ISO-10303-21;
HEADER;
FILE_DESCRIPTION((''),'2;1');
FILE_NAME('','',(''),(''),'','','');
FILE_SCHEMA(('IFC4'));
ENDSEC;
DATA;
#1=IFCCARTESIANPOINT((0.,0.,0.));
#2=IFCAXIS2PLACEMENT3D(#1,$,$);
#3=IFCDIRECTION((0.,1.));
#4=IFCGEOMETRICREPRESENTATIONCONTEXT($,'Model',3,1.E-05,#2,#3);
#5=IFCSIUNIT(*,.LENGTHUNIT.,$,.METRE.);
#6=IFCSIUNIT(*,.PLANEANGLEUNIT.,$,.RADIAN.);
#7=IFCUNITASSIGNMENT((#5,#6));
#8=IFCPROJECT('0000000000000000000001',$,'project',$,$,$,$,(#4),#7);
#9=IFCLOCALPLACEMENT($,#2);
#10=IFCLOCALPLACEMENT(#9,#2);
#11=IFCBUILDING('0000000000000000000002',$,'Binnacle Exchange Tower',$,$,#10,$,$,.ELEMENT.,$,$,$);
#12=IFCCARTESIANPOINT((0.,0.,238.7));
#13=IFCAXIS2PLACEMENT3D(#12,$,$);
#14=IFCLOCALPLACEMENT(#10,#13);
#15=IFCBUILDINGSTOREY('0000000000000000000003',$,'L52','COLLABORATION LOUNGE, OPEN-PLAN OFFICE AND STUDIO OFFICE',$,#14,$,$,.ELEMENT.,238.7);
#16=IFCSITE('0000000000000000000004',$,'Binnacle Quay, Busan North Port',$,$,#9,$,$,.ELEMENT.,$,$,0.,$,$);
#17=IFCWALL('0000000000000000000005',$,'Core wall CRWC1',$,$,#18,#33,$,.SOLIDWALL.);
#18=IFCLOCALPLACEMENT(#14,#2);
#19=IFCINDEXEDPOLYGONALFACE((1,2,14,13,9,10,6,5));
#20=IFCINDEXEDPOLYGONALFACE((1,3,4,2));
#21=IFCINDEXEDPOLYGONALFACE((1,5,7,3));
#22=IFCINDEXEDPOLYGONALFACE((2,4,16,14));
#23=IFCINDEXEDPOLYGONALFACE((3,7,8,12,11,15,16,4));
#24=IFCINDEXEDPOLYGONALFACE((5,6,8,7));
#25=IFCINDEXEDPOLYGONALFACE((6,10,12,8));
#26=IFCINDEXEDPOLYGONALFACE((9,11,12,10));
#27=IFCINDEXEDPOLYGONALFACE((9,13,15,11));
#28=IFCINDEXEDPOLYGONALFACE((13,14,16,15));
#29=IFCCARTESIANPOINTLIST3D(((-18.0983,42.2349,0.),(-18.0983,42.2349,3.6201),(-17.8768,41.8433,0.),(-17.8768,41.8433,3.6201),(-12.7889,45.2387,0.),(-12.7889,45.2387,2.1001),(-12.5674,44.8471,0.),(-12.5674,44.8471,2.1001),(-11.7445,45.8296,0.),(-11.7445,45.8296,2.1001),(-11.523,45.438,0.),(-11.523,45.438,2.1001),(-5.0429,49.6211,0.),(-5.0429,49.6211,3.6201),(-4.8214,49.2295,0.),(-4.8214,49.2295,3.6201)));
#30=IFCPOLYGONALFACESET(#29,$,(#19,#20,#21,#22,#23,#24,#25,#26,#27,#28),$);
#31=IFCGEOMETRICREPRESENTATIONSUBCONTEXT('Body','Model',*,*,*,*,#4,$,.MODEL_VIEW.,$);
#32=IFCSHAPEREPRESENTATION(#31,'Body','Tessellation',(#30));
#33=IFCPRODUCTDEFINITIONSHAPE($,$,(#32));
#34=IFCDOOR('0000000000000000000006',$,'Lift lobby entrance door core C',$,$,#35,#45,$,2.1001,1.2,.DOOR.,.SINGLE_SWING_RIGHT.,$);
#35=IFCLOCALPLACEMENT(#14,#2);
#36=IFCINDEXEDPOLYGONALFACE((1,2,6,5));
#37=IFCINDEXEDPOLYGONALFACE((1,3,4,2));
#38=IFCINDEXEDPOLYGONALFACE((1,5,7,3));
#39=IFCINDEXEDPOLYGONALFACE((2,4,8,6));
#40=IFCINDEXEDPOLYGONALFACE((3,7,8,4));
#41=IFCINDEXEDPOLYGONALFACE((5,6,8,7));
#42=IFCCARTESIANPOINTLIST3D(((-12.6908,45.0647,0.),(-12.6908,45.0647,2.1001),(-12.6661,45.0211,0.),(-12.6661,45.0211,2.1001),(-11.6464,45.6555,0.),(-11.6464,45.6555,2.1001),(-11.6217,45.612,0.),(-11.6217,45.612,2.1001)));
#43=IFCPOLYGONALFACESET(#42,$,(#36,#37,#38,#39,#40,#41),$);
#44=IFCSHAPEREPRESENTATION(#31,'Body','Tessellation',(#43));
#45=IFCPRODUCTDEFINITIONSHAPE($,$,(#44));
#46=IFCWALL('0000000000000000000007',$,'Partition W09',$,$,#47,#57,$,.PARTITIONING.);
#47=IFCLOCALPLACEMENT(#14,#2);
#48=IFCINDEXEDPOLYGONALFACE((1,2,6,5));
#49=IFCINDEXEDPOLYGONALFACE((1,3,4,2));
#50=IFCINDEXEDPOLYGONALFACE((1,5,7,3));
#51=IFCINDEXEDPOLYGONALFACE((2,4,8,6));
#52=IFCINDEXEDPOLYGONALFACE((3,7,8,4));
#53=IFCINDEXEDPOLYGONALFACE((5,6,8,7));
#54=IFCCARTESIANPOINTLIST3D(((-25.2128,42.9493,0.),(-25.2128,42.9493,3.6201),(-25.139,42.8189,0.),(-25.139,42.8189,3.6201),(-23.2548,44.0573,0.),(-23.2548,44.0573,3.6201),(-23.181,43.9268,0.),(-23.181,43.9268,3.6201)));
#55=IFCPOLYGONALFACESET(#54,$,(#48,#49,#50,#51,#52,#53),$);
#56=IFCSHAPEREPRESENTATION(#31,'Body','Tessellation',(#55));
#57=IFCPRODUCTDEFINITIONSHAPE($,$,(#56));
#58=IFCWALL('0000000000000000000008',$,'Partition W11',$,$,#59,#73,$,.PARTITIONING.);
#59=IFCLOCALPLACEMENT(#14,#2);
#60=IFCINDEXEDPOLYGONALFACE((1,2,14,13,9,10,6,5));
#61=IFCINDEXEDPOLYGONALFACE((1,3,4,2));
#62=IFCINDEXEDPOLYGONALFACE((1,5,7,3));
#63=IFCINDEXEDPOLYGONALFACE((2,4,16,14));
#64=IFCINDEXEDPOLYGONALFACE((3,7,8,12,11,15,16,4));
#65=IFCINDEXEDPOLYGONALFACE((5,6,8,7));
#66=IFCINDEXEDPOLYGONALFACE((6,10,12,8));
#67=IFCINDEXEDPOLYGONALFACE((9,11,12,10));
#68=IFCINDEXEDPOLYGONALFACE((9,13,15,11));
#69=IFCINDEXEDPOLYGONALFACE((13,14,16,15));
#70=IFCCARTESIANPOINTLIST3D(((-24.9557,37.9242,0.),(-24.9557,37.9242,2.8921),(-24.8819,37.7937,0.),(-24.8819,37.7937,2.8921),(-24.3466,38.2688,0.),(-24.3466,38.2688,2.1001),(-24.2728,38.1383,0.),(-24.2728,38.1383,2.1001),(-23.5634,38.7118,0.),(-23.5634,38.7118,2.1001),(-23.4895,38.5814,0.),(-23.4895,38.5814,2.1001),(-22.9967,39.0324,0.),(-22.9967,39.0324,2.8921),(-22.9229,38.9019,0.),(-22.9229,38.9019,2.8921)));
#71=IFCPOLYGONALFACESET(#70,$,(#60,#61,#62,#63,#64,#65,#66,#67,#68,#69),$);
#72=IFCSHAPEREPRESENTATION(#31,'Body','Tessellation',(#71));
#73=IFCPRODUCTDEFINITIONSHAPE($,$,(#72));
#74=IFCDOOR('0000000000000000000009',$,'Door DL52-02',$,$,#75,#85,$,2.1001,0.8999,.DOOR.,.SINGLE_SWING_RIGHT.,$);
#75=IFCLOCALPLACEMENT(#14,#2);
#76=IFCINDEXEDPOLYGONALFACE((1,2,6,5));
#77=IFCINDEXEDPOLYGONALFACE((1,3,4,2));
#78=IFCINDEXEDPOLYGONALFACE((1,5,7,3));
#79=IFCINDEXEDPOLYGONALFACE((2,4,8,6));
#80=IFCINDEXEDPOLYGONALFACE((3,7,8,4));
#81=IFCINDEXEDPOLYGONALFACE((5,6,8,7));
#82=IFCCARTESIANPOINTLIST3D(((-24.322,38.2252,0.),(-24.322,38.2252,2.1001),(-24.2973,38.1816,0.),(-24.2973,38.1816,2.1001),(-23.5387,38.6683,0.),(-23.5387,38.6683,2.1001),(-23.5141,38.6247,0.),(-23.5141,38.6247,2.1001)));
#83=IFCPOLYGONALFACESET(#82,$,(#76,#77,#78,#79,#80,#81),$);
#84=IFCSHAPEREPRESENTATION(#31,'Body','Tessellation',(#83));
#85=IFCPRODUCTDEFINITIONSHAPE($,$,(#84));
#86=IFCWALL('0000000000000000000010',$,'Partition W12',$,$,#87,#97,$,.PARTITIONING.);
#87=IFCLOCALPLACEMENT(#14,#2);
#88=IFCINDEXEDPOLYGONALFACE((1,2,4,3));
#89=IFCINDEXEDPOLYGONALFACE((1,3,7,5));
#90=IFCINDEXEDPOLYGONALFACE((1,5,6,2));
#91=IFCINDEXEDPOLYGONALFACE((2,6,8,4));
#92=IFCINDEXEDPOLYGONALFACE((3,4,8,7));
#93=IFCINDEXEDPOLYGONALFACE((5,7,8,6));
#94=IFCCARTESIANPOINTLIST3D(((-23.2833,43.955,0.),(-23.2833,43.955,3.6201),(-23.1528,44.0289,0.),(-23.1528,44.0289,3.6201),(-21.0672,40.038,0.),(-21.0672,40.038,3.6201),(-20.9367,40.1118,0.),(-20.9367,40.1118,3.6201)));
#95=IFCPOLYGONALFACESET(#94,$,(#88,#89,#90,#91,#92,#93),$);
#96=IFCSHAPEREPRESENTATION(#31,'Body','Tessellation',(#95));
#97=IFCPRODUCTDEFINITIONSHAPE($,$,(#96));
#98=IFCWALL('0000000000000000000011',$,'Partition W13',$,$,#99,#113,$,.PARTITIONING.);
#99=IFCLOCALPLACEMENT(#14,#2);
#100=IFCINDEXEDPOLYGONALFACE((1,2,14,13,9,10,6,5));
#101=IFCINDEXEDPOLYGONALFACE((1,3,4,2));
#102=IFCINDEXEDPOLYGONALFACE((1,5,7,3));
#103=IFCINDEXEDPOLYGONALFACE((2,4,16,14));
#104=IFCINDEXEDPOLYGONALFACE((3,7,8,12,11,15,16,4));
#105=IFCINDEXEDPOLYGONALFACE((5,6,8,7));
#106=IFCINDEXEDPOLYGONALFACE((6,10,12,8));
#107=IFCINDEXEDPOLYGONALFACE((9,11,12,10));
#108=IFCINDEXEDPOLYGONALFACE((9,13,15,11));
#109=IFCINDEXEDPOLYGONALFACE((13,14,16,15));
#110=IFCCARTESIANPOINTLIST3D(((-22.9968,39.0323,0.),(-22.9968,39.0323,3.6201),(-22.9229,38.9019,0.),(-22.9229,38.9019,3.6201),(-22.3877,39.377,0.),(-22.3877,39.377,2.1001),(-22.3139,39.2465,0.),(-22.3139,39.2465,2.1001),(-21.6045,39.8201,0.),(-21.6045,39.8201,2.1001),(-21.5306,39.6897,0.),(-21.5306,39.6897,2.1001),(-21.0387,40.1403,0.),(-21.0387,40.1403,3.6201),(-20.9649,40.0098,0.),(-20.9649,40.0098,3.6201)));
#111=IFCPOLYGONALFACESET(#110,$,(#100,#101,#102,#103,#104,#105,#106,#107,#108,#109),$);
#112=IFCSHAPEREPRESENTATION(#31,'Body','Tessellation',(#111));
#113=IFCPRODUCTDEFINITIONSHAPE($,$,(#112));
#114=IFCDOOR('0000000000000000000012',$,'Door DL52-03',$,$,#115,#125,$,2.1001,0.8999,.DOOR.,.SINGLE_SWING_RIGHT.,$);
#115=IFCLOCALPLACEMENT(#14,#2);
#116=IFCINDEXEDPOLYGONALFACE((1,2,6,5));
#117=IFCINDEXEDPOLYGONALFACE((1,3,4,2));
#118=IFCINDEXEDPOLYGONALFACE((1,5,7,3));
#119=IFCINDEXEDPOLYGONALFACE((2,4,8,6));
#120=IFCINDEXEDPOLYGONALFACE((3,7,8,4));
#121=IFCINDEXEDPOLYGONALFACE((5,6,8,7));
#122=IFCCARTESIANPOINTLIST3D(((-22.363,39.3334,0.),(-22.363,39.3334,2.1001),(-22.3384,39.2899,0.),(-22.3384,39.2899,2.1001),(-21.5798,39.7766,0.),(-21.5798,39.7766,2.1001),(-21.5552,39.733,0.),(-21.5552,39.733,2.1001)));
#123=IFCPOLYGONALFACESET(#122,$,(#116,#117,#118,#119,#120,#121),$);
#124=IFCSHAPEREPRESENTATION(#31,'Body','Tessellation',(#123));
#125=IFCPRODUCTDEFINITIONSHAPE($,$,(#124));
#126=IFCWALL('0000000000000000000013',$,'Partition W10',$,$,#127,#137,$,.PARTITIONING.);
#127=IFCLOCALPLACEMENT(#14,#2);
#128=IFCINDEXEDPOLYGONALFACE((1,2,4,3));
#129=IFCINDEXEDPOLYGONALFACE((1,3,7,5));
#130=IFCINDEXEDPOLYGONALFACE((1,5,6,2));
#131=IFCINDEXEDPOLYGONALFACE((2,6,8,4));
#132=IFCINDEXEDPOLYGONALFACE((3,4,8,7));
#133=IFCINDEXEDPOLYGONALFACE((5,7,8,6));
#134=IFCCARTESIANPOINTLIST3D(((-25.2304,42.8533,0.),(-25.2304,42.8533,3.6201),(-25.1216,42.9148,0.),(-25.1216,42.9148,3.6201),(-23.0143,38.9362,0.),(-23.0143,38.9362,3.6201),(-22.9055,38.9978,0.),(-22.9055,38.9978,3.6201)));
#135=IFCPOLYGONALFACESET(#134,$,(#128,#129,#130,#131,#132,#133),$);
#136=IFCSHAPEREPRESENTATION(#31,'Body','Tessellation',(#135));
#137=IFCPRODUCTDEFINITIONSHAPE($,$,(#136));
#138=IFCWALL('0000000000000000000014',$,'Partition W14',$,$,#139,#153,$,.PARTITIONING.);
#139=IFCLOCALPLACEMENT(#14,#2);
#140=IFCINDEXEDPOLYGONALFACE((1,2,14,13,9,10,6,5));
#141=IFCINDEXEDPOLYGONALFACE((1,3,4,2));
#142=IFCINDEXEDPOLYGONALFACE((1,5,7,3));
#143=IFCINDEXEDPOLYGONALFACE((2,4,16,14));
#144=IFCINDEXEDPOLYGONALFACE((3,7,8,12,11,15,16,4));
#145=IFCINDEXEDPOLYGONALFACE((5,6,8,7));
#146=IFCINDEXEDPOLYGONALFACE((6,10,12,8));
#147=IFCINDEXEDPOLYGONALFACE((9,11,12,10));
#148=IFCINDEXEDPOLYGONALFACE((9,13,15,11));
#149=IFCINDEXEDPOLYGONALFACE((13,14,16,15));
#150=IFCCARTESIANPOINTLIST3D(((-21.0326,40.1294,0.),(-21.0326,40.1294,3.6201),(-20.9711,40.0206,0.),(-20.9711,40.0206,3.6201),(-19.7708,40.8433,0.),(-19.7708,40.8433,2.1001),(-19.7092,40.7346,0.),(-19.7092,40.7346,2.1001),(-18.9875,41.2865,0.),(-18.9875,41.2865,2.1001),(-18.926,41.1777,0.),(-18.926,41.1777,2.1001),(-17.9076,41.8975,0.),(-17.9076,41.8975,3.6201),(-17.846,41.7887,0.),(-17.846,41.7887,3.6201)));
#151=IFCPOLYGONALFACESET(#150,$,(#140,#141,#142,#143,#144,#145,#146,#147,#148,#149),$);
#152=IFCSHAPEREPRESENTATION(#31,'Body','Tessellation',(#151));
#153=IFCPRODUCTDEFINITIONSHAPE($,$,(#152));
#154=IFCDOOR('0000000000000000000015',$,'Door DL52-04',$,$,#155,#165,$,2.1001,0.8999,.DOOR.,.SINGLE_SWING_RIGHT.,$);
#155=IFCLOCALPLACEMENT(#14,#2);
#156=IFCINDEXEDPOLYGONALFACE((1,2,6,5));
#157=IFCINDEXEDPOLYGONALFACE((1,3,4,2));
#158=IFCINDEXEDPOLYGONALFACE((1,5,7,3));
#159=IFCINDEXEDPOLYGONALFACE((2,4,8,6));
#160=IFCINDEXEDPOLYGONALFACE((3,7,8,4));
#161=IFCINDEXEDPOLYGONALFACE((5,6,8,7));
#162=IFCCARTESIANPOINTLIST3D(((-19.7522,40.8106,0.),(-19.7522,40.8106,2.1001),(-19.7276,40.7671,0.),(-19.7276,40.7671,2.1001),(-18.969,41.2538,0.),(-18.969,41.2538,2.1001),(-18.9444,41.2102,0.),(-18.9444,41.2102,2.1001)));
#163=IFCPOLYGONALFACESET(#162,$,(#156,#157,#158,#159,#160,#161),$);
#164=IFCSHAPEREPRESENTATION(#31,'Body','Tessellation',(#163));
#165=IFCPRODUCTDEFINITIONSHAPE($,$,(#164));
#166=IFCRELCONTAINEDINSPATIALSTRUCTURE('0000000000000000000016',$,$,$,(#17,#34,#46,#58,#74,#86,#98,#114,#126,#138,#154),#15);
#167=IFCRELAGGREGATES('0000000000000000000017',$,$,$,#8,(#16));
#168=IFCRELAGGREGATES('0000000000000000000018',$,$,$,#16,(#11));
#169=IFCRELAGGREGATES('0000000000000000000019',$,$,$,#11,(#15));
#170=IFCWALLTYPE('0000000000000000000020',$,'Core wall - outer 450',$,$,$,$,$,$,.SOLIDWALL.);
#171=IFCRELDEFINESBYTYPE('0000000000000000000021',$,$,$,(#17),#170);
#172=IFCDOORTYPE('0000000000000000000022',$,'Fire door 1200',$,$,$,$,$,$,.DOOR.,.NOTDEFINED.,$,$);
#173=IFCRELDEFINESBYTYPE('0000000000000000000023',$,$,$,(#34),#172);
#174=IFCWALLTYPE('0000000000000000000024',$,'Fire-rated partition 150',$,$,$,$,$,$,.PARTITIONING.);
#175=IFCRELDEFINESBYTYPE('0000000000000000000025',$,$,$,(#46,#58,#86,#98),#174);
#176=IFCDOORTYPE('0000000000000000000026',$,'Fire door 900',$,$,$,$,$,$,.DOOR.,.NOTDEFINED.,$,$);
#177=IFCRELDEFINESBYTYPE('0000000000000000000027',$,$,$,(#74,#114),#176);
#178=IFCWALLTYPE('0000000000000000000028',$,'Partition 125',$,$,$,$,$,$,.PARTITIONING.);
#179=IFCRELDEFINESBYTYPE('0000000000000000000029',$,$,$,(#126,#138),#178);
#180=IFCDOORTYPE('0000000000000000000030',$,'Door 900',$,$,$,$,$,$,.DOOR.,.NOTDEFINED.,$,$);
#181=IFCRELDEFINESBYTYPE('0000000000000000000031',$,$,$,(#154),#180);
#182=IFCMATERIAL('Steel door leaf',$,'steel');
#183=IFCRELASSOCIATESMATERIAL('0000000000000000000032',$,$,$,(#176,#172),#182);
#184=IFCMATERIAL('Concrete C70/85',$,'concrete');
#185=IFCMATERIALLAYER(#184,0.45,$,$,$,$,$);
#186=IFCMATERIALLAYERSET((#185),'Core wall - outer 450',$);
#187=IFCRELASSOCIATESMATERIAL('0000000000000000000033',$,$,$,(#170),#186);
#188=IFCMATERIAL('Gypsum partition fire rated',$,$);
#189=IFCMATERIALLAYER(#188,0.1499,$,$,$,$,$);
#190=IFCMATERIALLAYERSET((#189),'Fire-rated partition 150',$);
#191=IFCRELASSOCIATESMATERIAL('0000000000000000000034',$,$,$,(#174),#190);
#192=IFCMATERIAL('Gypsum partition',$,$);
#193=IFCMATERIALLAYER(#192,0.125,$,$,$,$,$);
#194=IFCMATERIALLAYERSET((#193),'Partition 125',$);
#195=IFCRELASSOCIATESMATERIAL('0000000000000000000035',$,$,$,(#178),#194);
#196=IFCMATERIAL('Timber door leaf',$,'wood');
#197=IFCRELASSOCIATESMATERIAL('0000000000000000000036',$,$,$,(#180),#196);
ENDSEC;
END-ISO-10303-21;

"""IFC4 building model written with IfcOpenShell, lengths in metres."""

from ifc_helpers import new_model, si_unit, direction, frame, frame_2d, origin, place, context, subcontext, project, spatial, rectangle, extrude, material, layer, layer_set, type_object, element, fill, save


model = new_model("IFC4")

# Units and contexts
model_context = context("Model", 3, precision=1e-05, world=origin(), true_north=direction((0.0, 1.0)))
body_context = subcontext(model_context, "Body", "Model", "MODEL_VIEW")
ifc_project = project(units=[si_unit("LENGTHUNIT", "METRE"), si_unit("PLANEANGLEUNIT", "RADIAN")], contexts=[model_context])

# Site, building, storey
site_placement = place(None, origin())
site = spatial("IfcSite", under=ifc_project, at=site_placement, Name="Binnacle Quay, Busan North Port", CompositionType="ELEMENT", RefElevation=0.0)
building_placement = place(site_placement, origin())
building = spatial("IfcBuilding", under=site, at=building_placement, Name="Binnacle Exchange Tower", CompositionType="ELEMENT")
storey_placement = place(building_placement, frame((0.0, 0.0, 238.7)))
storey = spatial("IfcBuildingStorey", under=building, at=storey_placement, Name="L52", Description="COLLABORATION LOUNGE, OPEN-PLAN OFFICE AND STUDIO OFFICE", CompositionType="ELEMENT", Elevation=238.7)

# Shared definitions
ifc_material_1 = material(Name="Concrete C70/85", Category="concrete")
ifc_material_2 = material(Name="Steel door leaf", Category="steel")
door_type_1 = type_object("IfcDoorType", Name="Fire door 900", OperationType="NOTDEFINED", PredefinedType="DOOR", material=ifc_material_2)

# Wall, opening, door
ifc_layer_1 = layer(ifc_material_1, 0.45)
ifc_layer_set_1 = layer_set([ifc_layer_1], Name="Core wall - outer 450")
wall_type_1 = type_object("IfcWallType", Name="Core wall - outer 450", PredefinedType="SOLIDWALL", material=ifc_layer_set_1)
wall_1_placement = place(storey_placement, frame((-17.9875, 42.0391, 0.0), z_axis=(0.0, 0.0, 1.0), x_axis=(0.870361, 0.492415, 0.0)))
wall_1 = element("IfcWall", 1, at=wall_1_placement, inside=storey, type_object=wall_type_1, Name="Core wall CRWC1", PredefinedType="SOLIDWALL", context=body_context, shape_type="SweptSolid", body=[
    extrude(rectangle(XDim=15.0, YDim=0.45, at=frame_2d((7.5, 0.0))), origin(), (0.0, 0.0, 1.0), 3.6201),
])
opening_1_placement = place(wall_1_placement, frame((6.1001, 0.0, 0.0)))
opening_1 = element("IfcOpeningElement", 2, at=opening_1_placement, cuts=wall_1, PredefinedType="OPENING", context=body_context, shape_type="SweptSolid", body=[
    extrude(rectangle(XDim=1.2, YDim=2.1001, at=frame_2d((0.6001, 1.05))), frame((0.0, 0.2349, 0.0), z_axis=(0.0, -1.0, 0.0), x_axis=(1.0, 0.0, 0.0)), (0.0, 0.0, 1.0), 0.47),
])
door_type_2 = type_object("IfcDoorType", Name="Fire door 1200", OperationType="NOTDEFINED", PredefinedType="DOOR", material=ifc_material_2)
door_1_placement = place(opening_1_placement, frame((1.2, 0.0, 0.0), z_axis=(0.0, 0.0, 1.0), x_axis=(-1.0, 0.0, 0.0)))
door_1 = element("IfcDoor", 3, at=door_1_placement, inside=storey, type_object=door_type_2, Name="Lift lobby entrance door core C", OperationType="SINGLE_SWING_RIGHT", OverallHeight=2.1001, OverallWidth=1.2, PredefinedType="DOOR", context=body_context, shape_type="SweptSolid", body=[
    extrude(rectangle(XDim=1.2, YDim=2.1001, at=frame_2d((0.6001, 1.05))), frame((0.0, 0.0249, 0.0), z_axis=(0.0, -1.0, 0.0), x_axis=(1.0, 0.0, 0.0)), (0.0, 0.0, 1.0), 0.05),
])
fill(opening_1, door_1)

# Wall
ifc_material_3 = material(Name="Gypsum partition fire rated")
ifc_layer_2 = layer(ifc_material_3, 0.1499)
ifc_layer_set_2 = layer_set([ifc_layer_2], Name="Fire-rated partition 150")
wall_type_2 = type_object("IfcWallType", Name="Fire-rated partition 150", PredefinedType="PARTITIONING", material=ifc_layer_set_2)
wall_2_placement = place(storey_placement, frame((-25.176, 42.884, 0.0), z_axis=(0.0, 0.0, 1.0), x_axis=(0.870332, 0.492465, 0.0)))
element("IfcWall", 4, at=wall_2_placement, inside=storey, type_object=wall_type_2, Name="Partition W09", PredefinedType="PARTITIONING", context=body_context, shape_type="SweptSolid", body=[
    extrude(rectangle(XDim=2.2498, YDim=0.1499, at=frame_2d((1.125, 0.0))), origin(), (0.0, 0.0, 1.0), 3.6201),
])

# Wall, opening, door
wall_3_placement = place(storey_placement, frame((-24.9189, 37.8589, 0.0), z_axis=(0.0, 0.0, 1.0), x_axis=(0.870391, 0.492361, 0.0)))
wall_3 = element("IfcWall", 5, at=wall_3_placement, inside=storey, type_object=wall_type_2, Name="Partition W11", PredefinedType="PARTITIONING", context=body_context, shape_type="SweptSolid", body=[
    extrude(rectangle(XDim=2.2507, YDim=0.1499, at=frame_2d((1.1255, 0.0))), origin(), (0.0, 0.0, 1.0), 2.8921),
])
opening_2_placement = place(wall_3_placement, frame((0.7, 0.0, 0.0)))
opening_2 = element("IfcOpeningElement", 6, at=opening_2_placement, cuts=wall_3, PredefinedType="OPENING", context=body_context, shape_type="SweptSolid", body=[
    extrude(rectangle(XDim=0.8999, YDim=2.1001, at=frame_2d((0.45, 1.05))), frame((0.0, 0.085, 0.0), z_axis=(0.0, -1.0, 0.0), x_axis=(1.0, 0.0, 0.0)), (0.0, 0.0, 1.0), 0.1699),
])
door_2_placement = place(opening_2_placement, origin())
door_2 = element("IfcDoor", 7, at=door_2_placement, inside=storey, type_object=door_type_1, Name="Door DL52-02", OperationType="SINGLE_SWING_RIGHT", OverallHeight=2.1001, OverallWidth=0.8999, PredefinedType="DOOR", context=body_context, shape_type="SweptSolid", body=[
    extrude(rectangle(XDim=0.8999, YDim=2.1001, at=frame_2d((0.45, 1.05))), frame((0.0, 0.0249, 0.0), z_axis=(0.0, -1.0, 0.0), x_axis=(1.0, 0.0, 0.0)), (0.0, 0.0, 1.0), 0.05),
])
fill(opening_2, door_2)

# Wall
wall_4_placement = place(storey_placement, frame((-23.218, 43.9919, 0.0), z_axis=(0.0, 0.0, 1.0), x_axis=(0.492413, -0.870362, 0.0)))
element("IfcWall", 8, at=wall_4_placement, inside=storey, type_object=wall_type_2, Name="Partition W12", PredefinedType="PARTITIONING", context=body_context, shape_type="SweptSolid", body=[
    extrude(rectangle(XDim=4.5005, YDim=0.1499, at=frame_2d((2.2502, 0.0))), origin(), (0.0, 0.0, 1.0), 3.6201),
])

# Wall, opening, door
wall_5_placement = place(storey_placement, frame((-22.96, 38.967, 0.0), z_axis=(0.0, 0.0, 1.0), x_axis=(0.870332, 0.492465, 0.0)))
wall_5 = element("IfcWall", 9, at=wall_5_placement, inside=storey, type_object=wall_type_2, Name="Partition W13", PredefinedType="PARTITIONING", context=body_context, shape_type="SweptSolid", body=[
    extrude(rectangle(XDim=2.2498, YDim=0.1499, at=frame_2d((1.125, 0.0))), origin(), (0.0, 0.0, 1.0), 3.6201),
])
opening_3_placement = place(wall_5_placement, frame((0.7, 0.0, 0.0)))
opening_3 = element("IfcOpeningElement", 10, at=opening_3_placement, cuts=wall_5, PredefinedType="OPENING", context=body_context, shape_type="SweptSolid", body=[
    extrude(rectangle(XDim=0.8999, YDim=2.1001, at=frame_2d((0.45, 1.05))), frame((0.0, 0.085, 0.0), z_axis=(0.0, -1.0, 0.0), x_axis=(1.0, 0.0, 0.0)), (0.0, 0.0, 1.0), 0.1699),
])
door_3_placement = place(opening_3_placement, origin())
door_3 = element("IfcDoor", 11, at=door_3_placement, inside=storey, type_object=door_type_1, Name="Door DL52-03", OperationType="SINGLE_SWING_RIGHT", OverallHeight=2.1001, OverallWidth=0.8999, PredefinedType="DOOR", context=body_context, shape_type="SweptSolid", body=[
    extrude(rectangle(XDim=0.8999, YDim=2.1001, at=frame_2d((0.45, 1.05))), frame((0.0, 0.0249, 0.0), z_axis=(0.0, -1.0, 0.0), x_axis=(1.0, 0.0, 0.0)), (0.0, 0.0, 1.0), 0.05),
])
fill(opening_3, door_3)

# Wall
ifc_material_4 = material(Name="Gypsum partition")
ifc_layer_3 = layer(ifc_material_4, 0.125)
ifc_layer_set_3 = layer_set([ifc_layer_3], Name="Partition 125")
wall_type_3 = type_object("IfcWallType", Name="Partition 125", PredefinedType="PARTITIONING", material=ifc_layer_set_3)
wall_6_placement = place(storey_placement, frame((-25.176, 42.884, 0.0), z_axis=(0.0, 0.0, 1.0), x_axis=(0.492413, -0.870362, 0.0)))
element("IfcWall", 12, at=wall_6_placement, inside=storey, type_object=wall_type_3, Name="Partition W10", PredefinedType="PARTITIONING", context=body_context, shape_type="SweptSolid", body=[
    extrude(rectangle(XDim=4.5005, YDim=0.125, at=frame_2d((2.2502, 0.0))), origin(), (0.0, 0.0, 1.0), 3.6201),
])

# Wall, opening, door
wall_7_placement = place(storey_placement, frame((-21.002, 40.075, 0.0), z_axis=(0.0, 0.0, 1.0), x_axis=(0.870353, 0.492429, 0.0)))
wall_7 = element("IfcWall", 13, at=wall_7_placement, inside=storey, type_object=wall_type_3, Name="Partition W14", PredefinedType="PARTITIONING", context=body_context, shape_type="SweptSolid", body=[
    extrude(rectangle(XDim=3.5906, YDim=0.125, at=frame_2d((1.7954, 0.0))), origin(), (0.0, 0.0, 1.0), 3.6201),
])
opening_4_placement = place(wall_7_placement, frame((1.45, 0.0, 0.0)))
opening_4 = element("IfcOpeningElement", 14, at=opening_4_placement, cuts=wall_7, PredefinedType="OPENING", context=body_context, shape_type="SweptSolid", body=[
    extrude(rectangle(XDim=0.8999, YDim=2.1001, at=frame_2d((0.45, 1.05))), frame((0.0, 0.0725, 0.0), z_axis=(0.0, -1.0, 0.0), x_axis=(1.0, 0.0, 0.0)), (0.0, 0.0, 1.0), 0.145),
])
ifc_material_5 = material(Name="Timber door leaf", Category="wood")
door_type_3 = type_object("IfcDoorType", Name="Door 900", OperationType="NOTDEFINED", PredefinedType="DOOR", material=ifc_material_5)
door_4_placement = place(opening_4_placement, origin())
door_4 = element("IfcDoor", 15, at=door_4_placement, inside=storey, type_object=door_type_3, Name="Door DL52-04", OperationType="SINGLE_SWING_RIGHT", OverallHeight=2.1001, OverallWidth=0.8999, PredefinedType="DOOR", context=body_context, shape_type="SweptSolid", body=[
    extrude(rectangle(XDim=0.8999, YDim=2.1001, at=frame_2d((0.45, 1.05))), frame((0.0, 0.0249, 0.0), z_axis=(0.0, -1.0, 0.0), x_axis=(1.0, 0.0, 0.0)), (0.0, 0.0, 1.0), 0.05),
])
fill(opening_4, door_4)

save(model, "model.ifc")
